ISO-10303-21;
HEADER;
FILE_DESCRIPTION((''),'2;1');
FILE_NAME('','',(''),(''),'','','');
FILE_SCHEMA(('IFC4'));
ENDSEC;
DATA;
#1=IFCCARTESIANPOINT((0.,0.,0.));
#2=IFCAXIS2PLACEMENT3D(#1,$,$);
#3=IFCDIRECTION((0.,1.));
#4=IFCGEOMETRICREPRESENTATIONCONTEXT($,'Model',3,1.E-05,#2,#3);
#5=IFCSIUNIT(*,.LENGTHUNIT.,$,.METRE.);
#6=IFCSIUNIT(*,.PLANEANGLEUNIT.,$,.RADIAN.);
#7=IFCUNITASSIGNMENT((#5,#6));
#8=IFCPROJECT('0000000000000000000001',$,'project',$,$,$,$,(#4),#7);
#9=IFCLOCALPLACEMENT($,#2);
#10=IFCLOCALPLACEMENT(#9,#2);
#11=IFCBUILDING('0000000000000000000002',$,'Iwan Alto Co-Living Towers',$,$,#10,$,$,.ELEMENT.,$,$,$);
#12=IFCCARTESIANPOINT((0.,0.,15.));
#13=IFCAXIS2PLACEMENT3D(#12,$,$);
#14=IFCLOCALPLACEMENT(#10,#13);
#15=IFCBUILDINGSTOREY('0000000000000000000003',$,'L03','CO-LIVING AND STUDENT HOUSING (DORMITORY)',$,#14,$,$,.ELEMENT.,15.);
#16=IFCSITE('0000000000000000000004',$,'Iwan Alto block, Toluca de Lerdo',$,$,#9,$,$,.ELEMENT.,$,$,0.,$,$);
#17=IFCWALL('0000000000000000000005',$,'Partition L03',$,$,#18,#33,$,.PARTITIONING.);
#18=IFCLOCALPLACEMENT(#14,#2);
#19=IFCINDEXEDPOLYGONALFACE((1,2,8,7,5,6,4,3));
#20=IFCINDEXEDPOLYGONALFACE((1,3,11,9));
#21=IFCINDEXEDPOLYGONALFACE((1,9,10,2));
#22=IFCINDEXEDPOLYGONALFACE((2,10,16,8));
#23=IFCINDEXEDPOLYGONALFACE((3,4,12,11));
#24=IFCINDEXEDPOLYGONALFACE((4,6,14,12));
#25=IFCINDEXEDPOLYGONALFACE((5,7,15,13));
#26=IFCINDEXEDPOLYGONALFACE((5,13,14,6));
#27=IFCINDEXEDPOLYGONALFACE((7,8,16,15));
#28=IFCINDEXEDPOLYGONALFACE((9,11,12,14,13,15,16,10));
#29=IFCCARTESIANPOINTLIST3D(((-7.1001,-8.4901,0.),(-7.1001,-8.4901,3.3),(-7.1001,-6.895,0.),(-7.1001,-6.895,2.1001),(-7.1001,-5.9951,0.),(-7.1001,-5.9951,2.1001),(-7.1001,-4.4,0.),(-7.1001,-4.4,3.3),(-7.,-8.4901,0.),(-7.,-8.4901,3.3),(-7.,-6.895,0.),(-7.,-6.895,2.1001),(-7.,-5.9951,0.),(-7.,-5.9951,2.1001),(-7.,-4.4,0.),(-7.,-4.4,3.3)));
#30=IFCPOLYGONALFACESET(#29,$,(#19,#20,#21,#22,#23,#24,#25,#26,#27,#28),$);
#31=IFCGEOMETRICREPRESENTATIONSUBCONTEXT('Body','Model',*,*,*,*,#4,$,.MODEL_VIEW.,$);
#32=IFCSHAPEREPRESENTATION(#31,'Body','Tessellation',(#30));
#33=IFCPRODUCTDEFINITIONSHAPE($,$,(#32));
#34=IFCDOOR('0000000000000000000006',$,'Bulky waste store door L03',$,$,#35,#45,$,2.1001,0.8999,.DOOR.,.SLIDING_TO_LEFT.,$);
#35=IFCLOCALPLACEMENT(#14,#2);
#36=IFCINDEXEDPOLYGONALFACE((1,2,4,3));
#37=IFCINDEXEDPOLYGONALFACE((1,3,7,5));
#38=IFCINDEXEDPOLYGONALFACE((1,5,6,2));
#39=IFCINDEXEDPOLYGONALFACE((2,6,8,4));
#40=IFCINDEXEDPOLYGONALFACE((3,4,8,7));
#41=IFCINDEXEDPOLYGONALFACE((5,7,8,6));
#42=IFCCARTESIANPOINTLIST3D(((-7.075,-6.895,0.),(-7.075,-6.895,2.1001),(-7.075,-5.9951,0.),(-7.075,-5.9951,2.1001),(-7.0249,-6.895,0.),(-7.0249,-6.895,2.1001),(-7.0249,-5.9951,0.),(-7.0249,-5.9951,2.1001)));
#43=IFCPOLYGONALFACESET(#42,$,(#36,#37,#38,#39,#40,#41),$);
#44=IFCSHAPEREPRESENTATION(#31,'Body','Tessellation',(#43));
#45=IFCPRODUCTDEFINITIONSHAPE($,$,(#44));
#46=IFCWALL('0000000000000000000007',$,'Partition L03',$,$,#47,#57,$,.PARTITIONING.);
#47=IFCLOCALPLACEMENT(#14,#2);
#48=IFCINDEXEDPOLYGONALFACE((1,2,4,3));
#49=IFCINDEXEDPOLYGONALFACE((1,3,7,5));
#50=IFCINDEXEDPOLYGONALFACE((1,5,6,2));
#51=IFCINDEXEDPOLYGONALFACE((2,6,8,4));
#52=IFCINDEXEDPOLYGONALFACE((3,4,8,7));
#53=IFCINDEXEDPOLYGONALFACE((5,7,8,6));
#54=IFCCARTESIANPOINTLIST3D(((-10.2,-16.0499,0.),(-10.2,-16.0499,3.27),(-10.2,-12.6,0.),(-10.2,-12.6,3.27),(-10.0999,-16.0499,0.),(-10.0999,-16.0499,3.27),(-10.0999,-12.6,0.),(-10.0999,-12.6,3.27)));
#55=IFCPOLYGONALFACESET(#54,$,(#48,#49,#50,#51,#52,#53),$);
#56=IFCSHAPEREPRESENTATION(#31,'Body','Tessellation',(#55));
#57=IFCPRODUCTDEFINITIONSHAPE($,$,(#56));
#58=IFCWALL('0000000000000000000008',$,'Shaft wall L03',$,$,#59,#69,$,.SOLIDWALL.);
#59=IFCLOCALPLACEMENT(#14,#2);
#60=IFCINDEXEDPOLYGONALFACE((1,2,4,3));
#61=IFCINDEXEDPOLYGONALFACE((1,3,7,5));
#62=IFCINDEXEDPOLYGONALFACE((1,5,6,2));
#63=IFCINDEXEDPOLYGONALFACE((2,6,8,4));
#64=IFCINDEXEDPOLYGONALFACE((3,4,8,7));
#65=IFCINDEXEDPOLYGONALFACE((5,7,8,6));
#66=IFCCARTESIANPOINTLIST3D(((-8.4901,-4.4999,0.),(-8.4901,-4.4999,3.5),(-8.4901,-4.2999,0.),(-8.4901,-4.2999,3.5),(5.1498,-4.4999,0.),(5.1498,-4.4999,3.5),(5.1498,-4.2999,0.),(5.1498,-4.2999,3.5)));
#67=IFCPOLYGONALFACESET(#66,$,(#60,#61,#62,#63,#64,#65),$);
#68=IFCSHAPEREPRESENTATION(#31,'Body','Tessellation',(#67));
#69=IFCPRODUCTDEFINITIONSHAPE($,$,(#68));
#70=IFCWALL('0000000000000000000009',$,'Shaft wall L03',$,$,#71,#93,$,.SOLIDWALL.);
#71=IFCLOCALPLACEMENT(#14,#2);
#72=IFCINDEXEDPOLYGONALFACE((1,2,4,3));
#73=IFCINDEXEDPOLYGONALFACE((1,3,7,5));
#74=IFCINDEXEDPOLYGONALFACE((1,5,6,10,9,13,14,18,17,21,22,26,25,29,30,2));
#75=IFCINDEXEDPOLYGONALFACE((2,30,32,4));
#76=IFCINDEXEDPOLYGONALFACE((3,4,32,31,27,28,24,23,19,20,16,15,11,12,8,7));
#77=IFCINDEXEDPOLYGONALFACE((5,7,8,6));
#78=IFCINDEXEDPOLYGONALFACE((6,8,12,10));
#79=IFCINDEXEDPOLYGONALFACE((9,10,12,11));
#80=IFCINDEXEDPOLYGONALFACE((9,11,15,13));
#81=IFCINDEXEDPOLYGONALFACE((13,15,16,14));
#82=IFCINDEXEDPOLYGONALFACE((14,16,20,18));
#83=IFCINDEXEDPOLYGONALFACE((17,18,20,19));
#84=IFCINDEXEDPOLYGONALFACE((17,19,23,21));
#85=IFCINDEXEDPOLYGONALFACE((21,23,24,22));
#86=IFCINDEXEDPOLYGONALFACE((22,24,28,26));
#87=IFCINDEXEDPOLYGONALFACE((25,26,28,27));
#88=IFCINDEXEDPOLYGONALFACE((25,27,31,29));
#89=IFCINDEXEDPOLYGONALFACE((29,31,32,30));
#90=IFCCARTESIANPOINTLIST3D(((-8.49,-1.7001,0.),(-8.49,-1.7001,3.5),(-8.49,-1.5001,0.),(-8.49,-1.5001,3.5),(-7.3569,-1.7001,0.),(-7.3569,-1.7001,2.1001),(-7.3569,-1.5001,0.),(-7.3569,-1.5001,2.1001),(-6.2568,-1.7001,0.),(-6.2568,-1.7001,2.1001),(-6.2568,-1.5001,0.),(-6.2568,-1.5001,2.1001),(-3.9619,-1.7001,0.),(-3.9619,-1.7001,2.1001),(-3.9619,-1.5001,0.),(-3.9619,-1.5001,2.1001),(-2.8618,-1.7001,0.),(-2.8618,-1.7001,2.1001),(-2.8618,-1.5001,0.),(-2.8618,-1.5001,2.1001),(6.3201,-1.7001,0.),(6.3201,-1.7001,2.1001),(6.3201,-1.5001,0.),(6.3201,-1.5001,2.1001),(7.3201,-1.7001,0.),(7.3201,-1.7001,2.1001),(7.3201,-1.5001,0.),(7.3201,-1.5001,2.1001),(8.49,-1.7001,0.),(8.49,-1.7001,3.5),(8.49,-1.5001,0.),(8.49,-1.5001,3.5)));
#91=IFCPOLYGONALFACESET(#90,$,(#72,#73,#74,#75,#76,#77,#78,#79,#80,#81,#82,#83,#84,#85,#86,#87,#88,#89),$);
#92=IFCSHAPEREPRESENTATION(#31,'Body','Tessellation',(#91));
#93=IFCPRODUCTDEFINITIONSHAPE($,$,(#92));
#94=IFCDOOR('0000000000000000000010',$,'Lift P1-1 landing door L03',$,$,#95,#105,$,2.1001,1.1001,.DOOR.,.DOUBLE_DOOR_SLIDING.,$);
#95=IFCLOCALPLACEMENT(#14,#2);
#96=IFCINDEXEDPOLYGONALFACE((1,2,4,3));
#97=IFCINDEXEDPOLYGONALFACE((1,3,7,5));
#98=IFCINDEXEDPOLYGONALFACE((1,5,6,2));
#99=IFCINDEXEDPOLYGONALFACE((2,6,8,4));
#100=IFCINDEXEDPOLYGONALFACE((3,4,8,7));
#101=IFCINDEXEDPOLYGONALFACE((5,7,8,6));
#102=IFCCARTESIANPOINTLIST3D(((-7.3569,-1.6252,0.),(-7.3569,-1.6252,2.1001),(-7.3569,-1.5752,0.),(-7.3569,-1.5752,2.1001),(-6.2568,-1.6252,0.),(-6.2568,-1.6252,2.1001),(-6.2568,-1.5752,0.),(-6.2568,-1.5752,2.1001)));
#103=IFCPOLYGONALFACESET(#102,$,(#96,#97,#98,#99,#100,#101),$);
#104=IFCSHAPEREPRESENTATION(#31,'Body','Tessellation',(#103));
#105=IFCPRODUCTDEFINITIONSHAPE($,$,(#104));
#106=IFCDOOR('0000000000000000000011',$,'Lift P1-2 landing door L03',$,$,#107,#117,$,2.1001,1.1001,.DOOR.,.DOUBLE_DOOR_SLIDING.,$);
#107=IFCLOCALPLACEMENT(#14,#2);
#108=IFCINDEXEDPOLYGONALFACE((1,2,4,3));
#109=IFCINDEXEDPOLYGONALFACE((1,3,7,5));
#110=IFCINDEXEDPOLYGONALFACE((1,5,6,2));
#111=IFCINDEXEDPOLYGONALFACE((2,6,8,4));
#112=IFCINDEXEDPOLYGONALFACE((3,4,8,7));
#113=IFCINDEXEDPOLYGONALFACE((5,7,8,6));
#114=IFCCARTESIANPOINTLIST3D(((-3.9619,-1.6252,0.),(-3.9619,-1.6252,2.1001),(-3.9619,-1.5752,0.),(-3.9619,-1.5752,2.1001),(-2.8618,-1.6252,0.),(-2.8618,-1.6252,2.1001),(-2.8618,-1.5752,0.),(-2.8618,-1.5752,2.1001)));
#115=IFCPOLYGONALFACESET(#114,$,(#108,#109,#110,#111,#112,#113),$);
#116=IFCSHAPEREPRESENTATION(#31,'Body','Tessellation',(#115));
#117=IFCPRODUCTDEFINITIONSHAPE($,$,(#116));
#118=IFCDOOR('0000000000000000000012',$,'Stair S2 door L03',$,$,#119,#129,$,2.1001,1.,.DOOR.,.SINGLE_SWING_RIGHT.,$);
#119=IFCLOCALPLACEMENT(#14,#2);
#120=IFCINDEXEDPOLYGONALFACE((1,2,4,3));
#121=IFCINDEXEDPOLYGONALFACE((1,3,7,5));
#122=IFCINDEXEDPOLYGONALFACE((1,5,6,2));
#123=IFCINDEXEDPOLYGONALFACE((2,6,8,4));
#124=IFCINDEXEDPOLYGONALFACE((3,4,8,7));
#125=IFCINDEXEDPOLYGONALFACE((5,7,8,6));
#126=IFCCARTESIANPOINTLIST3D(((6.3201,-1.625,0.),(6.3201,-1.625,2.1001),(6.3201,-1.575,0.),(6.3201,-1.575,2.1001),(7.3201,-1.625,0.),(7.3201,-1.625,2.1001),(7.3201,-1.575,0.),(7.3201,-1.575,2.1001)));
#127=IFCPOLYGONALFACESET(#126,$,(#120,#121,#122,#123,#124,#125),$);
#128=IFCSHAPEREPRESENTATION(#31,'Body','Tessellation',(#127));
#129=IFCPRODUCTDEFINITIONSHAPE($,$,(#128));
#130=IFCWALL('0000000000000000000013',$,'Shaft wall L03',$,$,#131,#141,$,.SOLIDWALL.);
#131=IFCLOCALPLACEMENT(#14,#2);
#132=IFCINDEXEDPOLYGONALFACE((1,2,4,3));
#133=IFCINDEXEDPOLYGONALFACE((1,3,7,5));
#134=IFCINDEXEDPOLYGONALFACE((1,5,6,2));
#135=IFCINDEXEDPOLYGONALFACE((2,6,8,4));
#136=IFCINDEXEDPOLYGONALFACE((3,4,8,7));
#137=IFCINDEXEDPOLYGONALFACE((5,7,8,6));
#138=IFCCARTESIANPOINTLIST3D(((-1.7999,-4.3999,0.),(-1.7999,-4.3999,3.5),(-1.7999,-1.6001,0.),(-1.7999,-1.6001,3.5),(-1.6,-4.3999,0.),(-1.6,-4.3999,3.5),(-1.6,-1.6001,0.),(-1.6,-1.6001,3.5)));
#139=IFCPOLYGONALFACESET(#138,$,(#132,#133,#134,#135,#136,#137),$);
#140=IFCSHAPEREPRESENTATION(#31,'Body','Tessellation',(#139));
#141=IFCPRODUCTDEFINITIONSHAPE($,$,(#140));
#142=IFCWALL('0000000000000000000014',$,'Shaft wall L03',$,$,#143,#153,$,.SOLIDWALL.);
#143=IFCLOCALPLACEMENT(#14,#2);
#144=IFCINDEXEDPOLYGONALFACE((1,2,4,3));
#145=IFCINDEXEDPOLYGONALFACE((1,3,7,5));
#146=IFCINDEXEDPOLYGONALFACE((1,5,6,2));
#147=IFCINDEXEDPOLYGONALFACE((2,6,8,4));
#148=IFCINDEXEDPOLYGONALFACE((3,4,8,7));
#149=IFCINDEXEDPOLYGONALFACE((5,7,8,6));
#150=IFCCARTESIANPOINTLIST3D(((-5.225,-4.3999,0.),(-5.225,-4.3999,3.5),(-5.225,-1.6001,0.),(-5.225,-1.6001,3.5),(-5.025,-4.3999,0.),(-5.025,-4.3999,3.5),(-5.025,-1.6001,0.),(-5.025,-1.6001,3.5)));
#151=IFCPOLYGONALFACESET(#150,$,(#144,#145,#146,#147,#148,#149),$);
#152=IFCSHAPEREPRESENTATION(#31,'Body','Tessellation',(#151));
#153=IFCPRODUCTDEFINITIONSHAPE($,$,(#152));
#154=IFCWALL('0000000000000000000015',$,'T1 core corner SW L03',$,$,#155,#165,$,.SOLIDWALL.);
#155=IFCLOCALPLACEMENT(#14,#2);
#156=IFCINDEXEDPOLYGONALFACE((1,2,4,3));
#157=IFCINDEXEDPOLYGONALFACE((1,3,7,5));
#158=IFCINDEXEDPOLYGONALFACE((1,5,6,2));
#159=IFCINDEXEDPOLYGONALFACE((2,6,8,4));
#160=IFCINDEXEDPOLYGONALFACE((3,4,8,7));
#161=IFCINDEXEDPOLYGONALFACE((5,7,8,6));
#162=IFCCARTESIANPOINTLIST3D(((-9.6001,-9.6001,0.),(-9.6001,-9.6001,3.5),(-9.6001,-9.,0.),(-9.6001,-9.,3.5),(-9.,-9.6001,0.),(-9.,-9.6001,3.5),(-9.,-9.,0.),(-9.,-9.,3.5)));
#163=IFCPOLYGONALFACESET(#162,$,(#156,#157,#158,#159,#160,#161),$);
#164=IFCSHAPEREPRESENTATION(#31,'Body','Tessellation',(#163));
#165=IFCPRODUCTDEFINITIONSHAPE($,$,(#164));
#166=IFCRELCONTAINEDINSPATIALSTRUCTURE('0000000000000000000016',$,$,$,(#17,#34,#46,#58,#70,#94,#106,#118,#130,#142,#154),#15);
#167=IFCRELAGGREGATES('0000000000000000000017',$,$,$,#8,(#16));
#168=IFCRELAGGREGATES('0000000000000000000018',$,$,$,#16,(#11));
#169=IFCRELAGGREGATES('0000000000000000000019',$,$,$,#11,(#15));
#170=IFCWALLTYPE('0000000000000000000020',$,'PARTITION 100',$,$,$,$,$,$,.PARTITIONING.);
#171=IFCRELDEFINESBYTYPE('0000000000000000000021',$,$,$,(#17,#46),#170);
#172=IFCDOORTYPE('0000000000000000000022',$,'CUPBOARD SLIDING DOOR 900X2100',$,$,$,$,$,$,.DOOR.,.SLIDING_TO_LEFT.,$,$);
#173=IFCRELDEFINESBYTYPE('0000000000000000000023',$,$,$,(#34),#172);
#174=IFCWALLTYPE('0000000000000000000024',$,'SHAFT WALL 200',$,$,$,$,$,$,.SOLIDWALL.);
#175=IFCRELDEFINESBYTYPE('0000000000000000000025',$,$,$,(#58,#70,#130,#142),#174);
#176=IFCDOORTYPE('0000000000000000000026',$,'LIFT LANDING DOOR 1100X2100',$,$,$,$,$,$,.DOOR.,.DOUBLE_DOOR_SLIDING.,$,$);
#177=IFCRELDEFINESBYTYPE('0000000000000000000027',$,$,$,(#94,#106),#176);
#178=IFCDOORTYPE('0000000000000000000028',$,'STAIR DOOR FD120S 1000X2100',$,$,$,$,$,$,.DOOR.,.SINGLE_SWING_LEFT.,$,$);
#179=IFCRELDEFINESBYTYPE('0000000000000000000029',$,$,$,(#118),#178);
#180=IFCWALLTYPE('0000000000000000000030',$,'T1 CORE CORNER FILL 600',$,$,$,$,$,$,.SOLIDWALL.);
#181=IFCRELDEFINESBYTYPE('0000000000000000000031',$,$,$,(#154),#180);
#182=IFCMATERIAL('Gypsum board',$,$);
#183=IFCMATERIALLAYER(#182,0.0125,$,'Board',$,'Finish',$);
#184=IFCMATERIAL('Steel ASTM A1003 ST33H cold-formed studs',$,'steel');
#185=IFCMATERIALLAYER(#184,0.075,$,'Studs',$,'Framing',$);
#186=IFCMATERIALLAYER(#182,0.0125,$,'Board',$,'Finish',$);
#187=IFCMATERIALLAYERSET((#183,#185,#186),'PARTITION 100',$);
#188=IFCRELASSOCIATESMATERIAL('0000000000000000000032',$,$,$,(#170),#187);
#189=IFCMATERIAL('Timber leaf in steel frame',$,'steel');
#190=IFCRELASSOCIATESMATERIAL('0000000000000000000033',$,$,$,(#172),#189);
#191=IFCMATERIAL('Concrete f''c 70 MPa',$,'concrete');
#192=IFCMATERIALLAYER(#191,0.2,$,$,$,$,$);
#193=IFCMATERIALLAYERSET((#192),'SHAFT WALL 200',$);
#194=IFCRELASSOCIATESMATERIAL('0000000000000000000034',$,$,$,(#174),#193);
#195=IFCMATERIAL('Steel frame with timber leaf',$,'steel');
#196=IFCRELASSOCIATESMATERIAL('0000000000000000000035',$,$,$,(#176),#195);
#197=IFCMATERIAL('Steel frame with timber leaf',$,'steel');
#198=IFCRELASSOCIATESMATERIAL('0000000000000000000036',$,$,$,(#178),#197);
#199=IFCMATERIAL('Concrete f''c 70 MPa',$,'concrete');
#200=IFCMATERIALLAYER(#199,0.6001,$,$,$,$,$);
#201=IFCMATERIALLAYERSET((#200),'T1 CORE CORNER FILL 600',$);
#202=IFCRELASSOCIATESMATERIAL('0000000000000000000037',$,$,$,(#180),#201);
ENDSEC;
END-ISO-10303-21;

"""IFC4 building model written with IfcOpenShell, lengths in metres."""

from ifc_helpers import new_model, si_unit, direction, frame, frame_2d, origin, place, context, subcontext, project, spatial, rectangle, extrude, material, layer, layer_set, type_object, element, fill, save


model = new_model("IFC4")

# Units and contexts
model_context = context("Model", 3, precision=1e-05, world=origin(), true_north=direction((0.0, 1.0)))
body_context = subcontext(model_context, "Body", "Model", "MODEL_VIEW")
ifc_project = project(units=[si_unit("LENGTHUNIT", "METRE"), si_unit("PLANEANGLEUNIT", "RADIAN")], contexts=[model_context])

# Site, building, storey
site_placement = place(None, origin())
site = spatial("IfcSite", under=ifc_project, at=site_placement, Name="Iwan Alto block, Toluca de Lerdo", CompositionType="ELEMENT", RefElevation=0.0)
building_placement = place(site_placement, origin())
building = spatial("IfcBuilding", under=site, at=building_placement, Name="Iwan Alto Co-Living Towers", CompositionType="ELEMENT")
storey_placement = place(building_placement, frame((0.0, 0.0, 15.0)))
storey = spatial("IfcBuildingStorey", under=building, at=storey_placement, Name="L03", Description="CO-LIVING AND STUDENT HOUSING (DORMITORY)", CompositionType="ELEMENT", Elevation=15.0)

# Shared definitions
ifc_material_1 = material(Name="Gypsum board")
ifc_material_2 = material(Name="Steel ASTM A1003 ST33H cold-formed studs", Category="steel")

# Wall, opening, door
ifc_layer_1 = layer(ifc_material_1, 0.0125, Name="Board", Category="Finish")
ifc_layer_2 = layer(ifc_material_2, 0.075, Name="Studs", Category="Framing")
ifc_layer_3 = layer(ifc_material_1, 0.0125, Name="Board", Category="Finish")
ifc_layer_set_1 = layer_set([ifc_layer_1, ifc_layer_2, ifc_layer_3], Name="PARTITION 100")
wall_type_1 = type_object("IfcWallType", Name="PARTITION 100", PredefinedType="PARTITIONING", material=ifc_layer_set_1)
wall_1_placement = place(storey_placement, frame((-7.05, -8.49, 0.0), z_axis=(0.0, 0.0, 1.0), x_axis=(0.0, 1.0, 0.0)))
wall_1 = element("IfcWall", 1, at=wall_1_placement, inside=storey, type_object=wall_type_1, Name="Partition L03", PredefinedType="PARTITIONING", context=body_context, shape_type="SweptSolid", body=[
    extrude(rectangle(XDim=4.0901, YDim=0.1001, at=frame_2d((2.0449, 0.0))), origin(), (0.0, 0.0, 1.0), 3.3),
])
opening_1_placement = place(wall_1_placement, frame((1.595, 0.0, 0.0)))
opening_1 = element("IfcOpeningElement", 2, at=opening_1_placement, cuts=wall_1, PredefinedType="OPENING", context=body_context, shape_type="SweptSolid", body=[
    extrude(rectangle(XDim=0.8999, YDim=2.1001, at=frame_2d((0.45, 1.05))), frame((0.0, 0.0601, 0.0), z_axis=(0.0, -1.0, 0.0), x_axis=(1.0, 0.0, 0.0)), (0.0, 0.0, 1.0), 0.1201),
])
ifc_material_3 = material(Name="Timber leaf in steel frame", Category="steel")
door_type_1 = type_object("IfcDoorType", Name="CUPBOARD SLIDING DOOR 900X2100", OperationType="SLIDING_TO_LEFT", PredefinedType="DOOR", material=ifc_material_3)
door_1_placement = place(opening_1_placement, origin())
door_1 = element("IfcDoor", 3, at=door_1_placement, inside=storey, type_object=door_type_1, Name="Bulky waste store door L03", OperationType="SLIDING_TO_LEFT", OverallHeight=2.1001, OverallWidth=0.8999, PredefinedType="DOOR", context=body_context, shape_type="SweptSolid", body=[
    extrude(rectangle(XDim=0.8999, YDim=2.1001, at=frame_2d((0.45, 1.05))), frame((0.0, 0.0249, 0.0), z_axis=(0.0, -1.0, 0.0), x_axis=(1.0, 0.0, 0.0)), (0.0, 0.0, 1.0), 0.05),
])
fill(opening_1, door_1)

# Walls
wall_2_placement = place(storey_placement, frame((-10.1499, -16.05, 0.0), z_axis=(0.0, 0.0, 1.0), x_axis=(0.0, 1.0, 0.0)))
element("IfcWall", 4, at=wall_2_placement, inside=storey, type_object=wall_type_1, Name="Partition L03", PredefinedType="PARTITIONING", context=body_context, shape_type="SweptSolid", body=[
    extrude(rectangle(XDim=3.45, YDim=0.1001, at=frame_2d((1.7251, 0.0))), origin(), (0.0, 0.0, 1.0), 3.27),
])
ifc_material_4 = material(Name="Concrete f'c 70 MPa", Category="concrete")
ifc_layer_4 = layer(ifc_material_4, 0.2)
ifc_layer_set_2 = layer_set([ifc_layer_4], Name="SHAFT WALL 200")
wall_type_2 = type_object("IfcWallType", Name="SHAFT WALL 200", PredefinedType="SOLIDWALL", material=ifc_layer_set_2)
wall_3_placement = place(storey_placement, frame((-8.49, -4.3999, 0.0), z_axis=(0.0, 0.0, 1.0), x_axis=(1.0, 0.0, 0.0)))
element("IfcWall", 5, at=wall_3_placement, inside=storey, type_object=wall_type_2, Name="Shaft wall L03", PredefinedType="SOLIDWALL", context=body_context, shape_type="SweptSolid", body=[
    extrude(rectangle(XDim=13.6399, YDim=0.2, at=frame_2d((6.8198, 0.0))), origin(), (0.0, 0.0, 1.0), 3.5),
])

# Wall, openings, doors
wall_4_placement = place(storey_placement, frame((-8.49, -1.6001, 0.0), z_axis=(0.0, 0.0, 1.0), x_axis=(1.0, 0.0, 0.0)))
wall_4 = element("IfcWall", 6, at=wall_4_placement, inside=storey, type_object=wall_type_2, Name="Shaft wall L03", PredefinedType="SOLIDWALL", context=body_context, shape_type="SweptSolid", body=[
    extrude(rectangle(XDim=16.98, YDim=0.2, at=frame_2d((8.49, 0.0))), origin(), (0.0, 0.0, 1.0), 3.5),
])
opening_2_placement = place(wall_4_placement, frame((14.8101, 0.0, 0.0)))
opening_2 = element("IfcOpeningElement", 7, at=opening_2_placement, cuts=wall_4, PredefinedType="OPENING", context=body_context, shape_type="SweptSolid", body=[
    extrude(rectangle(XDim=1.0, YDim=2.1001, at=frame_2d((0.5, 1.05))), frame((0.0, 0.1099, 0.0), z_axis=(0.0, -1.0, 0.0), x_axis=(1.0, 0.0, 0.0)), (0.0, 0.0, 1.0), 0.22),
])
opening_3_placement = place(wall_4_placement, frame((1.1331, 0.0, 0.0)))
opening_3 = element("IfcOpeningElement", 8, at=opening_3_placement, cuts=wall_4, PredefinedType="OPENING", context=body_context, shape_type="SweptSolid", body=[
    extrude(rectangle(XDim=1.1001, YDim=2.1001, at=frame_2d((0.55, 1.05))), frame((0.0, 0.1099, 0.0), z_axis=(0.0, -1.0, 0.0), x_axis=(1.0, 0.0, 0.0)), (0.0, 0.0, 1.0), 0.22),
])
opening_4_placement = place(wall_4_placement, frame((4.5281, 0.0, 0.0)))
opening_4 = element("IfcOpeningElement", 9, at=opening_4_placement, cuts=wall_4, PredefinedType="OPENING", context=body_context, shape_type="SweptSolid", body=[
    extrude(rectangle(XDim=1.1001, YDim=2.1001, at=frame_2d((0.55, 1.05))), frame((0.0, 0.1099, 0.0), z_axis=(0.0, -1.0, 0.0), x_axis=(1.0, 0.0, 0.0)), (0.0, 0.0, 1.0), 0.22),
])
ifc_material_5 = material(Name="Steel frame with timber leaf", Category="steel")
door_type_2 = type_object("IfcDoorType", Name="LIFT LANDING DOOR 1100X2100", OperationType="DOUBLE_DOOR_SLIDING", PredefinedType="DOOR", material=ifc_material_5)
door_2_placement = place(opening_3_placement, origin())
door_2 = element("IfcDoor", 10, at=door_2_placement, inside=storey, type_object=door_type_2, Name="Lift P1-1 landing door L03", OperationType="DOUBLE_DOOR_SLIDING", OverallHeight=2.1001, OverallWidth=1.1001, PredefinedType="DOOR", context=body_context, shape_type="SweptSolid", body=[
    extrude(rectangle(XDim=1.1001, YDim=2.1001, at=frame_2d((0.55, 1.05))), frame((0.0, 0.0249, 0.0), z_axis=(0.0, -1.0, 0.0), x_axis=(1.0, 0.0, 0.0)), (0.0, 0.0, 1.0), 0.05),
])
fill(opening_3, door_2)
door_3_placement = place(opening_4_placement, origin())
door_3 = element("IfcDoor", 11, at=door_3_placement, inside=storey, type_object=door_type_2, Name="Lift P1-2 landing door L03", OperationType="DOUBLE_DOOR_SLIDING", OverallHeight=2.1001, OverallWidth=1.1001, PredefinedType="DOOR", context=body_context, shape_type="SweptSolid", body=[
    extrude(rectangle(XDim=1.1001, YDim=2.1001, at=frame_2d((0.55, 1.05))), frame((0.0, 0.0249, 0.0), z_axis=(0.0, -1.0, 0.0), x_axis=(1.0, 0.0, 0.0)), (0.0, 0.0, 1.0), 0.05),
])
fill(opening_4, door_3)
ifc_material_6 = material(Name="Steel frame with timber leaf", Category="steel")
door_type_3 = type_object("IfcDoorType", Name="STAIR DOOR FD120S 1000X2100", OperationType="SINGLE_SWING_LEFT", PredefinedType="DOOR", material=ifc_material_6)
door_4_placement = place(opening_2_placement, frame((1.0, 0.0, 0.0), z_axis=(0.0, 0.0, 1.0), x_axis=(-1.0, 0.0, 0.0)))
door_4 = element("IfcDoor", 12, at=door_4_placement, inside=storey, type_object=door_type_3, Name="Stair S2 door L03", OperationType="SINGLE_SWING_RIGHT", OverallHeight=2.1001, OverallWidth=1.0, PredefinedType="DOOR", context=body_context, shape_type="SweptSolid", body=[
    extrude(rectangle(XDim=1.0, YDim=2.1001, at=frame_2d((0.5, 1.05))), frame((0.0, 0.0249, 0.0), z_axis=(0.0, -1.0, 0.0), x_axis=(1.0, 0.0, 0.0)), (0.0, 0.0, 1.0), 0.05),
])
fill(opening_2, door_4)

# Walls
for number, where, z_axis, x_axis, name in (
    (13, (-1.7, -4.3999, 0.0), (0.0, 0.0, 1.0), (0.0, 1.0, 0.0), "Shaft wall L03"),
    (14, (-5.125, -4.3999, 0.0), (0.0, 0.0, 1.0), (0.0, 1.0, 0.0), "Shaft wall L03"),
):
    element("IfcWall", number, at=place(storey_placement, frame(where, z_axis=z_axis, x_axis=x_axis)), inside=storey, type_object=wall_type_2, Name=name, PredefinedType="SOLIDWALL", context=body_context, shape_type="SweptSolid", body=[
        extrude(rectangle(XDim=2.7998, YDim=0.2, at=frame_2d((1.3999, 0.0))), origin(), (0.0, 0.0, 1.0), 3.5),
    ])
ifc_material_7 = material(Name="Concrete f'c 70 MPa", Category="concrete")
ifc_layer_5 = layer(ifc_material_7, 0.6001)
ifc_layer_set_3 = layer_set([ifc_layer_5], Name="T1 CORE CORNER FILL 600")
wall_type_3 = type_object("IfcWallType", Name="T1 CORE CORNER FILL 600", PredefinedType="SOLIDWALL", material=ifc_layer_set_3)
wall_5_placement = place(storey_placement, frame((-9.6001, -9.3, 0.0), z_axis=(0.0, 0.0, 1.0), x_axis=(1.0, 0.0, 0.0)))
element("IfcWall", 15, at=wall_5_placement, inside=storey, type_object=wall_type_3, Name="T1 core corner SW L03", PredefinedType="SOLIDWALL", context=body_context, shape_type="SweptSolid", body=[
    extrude(rectangle(XDim=0.6001, YDim=0.6001, at=frame_2d((0.3, 0.0))), origin(), (0.0, 0.0, 1.0), 3.5),
])

save(model, "model.ifc")
